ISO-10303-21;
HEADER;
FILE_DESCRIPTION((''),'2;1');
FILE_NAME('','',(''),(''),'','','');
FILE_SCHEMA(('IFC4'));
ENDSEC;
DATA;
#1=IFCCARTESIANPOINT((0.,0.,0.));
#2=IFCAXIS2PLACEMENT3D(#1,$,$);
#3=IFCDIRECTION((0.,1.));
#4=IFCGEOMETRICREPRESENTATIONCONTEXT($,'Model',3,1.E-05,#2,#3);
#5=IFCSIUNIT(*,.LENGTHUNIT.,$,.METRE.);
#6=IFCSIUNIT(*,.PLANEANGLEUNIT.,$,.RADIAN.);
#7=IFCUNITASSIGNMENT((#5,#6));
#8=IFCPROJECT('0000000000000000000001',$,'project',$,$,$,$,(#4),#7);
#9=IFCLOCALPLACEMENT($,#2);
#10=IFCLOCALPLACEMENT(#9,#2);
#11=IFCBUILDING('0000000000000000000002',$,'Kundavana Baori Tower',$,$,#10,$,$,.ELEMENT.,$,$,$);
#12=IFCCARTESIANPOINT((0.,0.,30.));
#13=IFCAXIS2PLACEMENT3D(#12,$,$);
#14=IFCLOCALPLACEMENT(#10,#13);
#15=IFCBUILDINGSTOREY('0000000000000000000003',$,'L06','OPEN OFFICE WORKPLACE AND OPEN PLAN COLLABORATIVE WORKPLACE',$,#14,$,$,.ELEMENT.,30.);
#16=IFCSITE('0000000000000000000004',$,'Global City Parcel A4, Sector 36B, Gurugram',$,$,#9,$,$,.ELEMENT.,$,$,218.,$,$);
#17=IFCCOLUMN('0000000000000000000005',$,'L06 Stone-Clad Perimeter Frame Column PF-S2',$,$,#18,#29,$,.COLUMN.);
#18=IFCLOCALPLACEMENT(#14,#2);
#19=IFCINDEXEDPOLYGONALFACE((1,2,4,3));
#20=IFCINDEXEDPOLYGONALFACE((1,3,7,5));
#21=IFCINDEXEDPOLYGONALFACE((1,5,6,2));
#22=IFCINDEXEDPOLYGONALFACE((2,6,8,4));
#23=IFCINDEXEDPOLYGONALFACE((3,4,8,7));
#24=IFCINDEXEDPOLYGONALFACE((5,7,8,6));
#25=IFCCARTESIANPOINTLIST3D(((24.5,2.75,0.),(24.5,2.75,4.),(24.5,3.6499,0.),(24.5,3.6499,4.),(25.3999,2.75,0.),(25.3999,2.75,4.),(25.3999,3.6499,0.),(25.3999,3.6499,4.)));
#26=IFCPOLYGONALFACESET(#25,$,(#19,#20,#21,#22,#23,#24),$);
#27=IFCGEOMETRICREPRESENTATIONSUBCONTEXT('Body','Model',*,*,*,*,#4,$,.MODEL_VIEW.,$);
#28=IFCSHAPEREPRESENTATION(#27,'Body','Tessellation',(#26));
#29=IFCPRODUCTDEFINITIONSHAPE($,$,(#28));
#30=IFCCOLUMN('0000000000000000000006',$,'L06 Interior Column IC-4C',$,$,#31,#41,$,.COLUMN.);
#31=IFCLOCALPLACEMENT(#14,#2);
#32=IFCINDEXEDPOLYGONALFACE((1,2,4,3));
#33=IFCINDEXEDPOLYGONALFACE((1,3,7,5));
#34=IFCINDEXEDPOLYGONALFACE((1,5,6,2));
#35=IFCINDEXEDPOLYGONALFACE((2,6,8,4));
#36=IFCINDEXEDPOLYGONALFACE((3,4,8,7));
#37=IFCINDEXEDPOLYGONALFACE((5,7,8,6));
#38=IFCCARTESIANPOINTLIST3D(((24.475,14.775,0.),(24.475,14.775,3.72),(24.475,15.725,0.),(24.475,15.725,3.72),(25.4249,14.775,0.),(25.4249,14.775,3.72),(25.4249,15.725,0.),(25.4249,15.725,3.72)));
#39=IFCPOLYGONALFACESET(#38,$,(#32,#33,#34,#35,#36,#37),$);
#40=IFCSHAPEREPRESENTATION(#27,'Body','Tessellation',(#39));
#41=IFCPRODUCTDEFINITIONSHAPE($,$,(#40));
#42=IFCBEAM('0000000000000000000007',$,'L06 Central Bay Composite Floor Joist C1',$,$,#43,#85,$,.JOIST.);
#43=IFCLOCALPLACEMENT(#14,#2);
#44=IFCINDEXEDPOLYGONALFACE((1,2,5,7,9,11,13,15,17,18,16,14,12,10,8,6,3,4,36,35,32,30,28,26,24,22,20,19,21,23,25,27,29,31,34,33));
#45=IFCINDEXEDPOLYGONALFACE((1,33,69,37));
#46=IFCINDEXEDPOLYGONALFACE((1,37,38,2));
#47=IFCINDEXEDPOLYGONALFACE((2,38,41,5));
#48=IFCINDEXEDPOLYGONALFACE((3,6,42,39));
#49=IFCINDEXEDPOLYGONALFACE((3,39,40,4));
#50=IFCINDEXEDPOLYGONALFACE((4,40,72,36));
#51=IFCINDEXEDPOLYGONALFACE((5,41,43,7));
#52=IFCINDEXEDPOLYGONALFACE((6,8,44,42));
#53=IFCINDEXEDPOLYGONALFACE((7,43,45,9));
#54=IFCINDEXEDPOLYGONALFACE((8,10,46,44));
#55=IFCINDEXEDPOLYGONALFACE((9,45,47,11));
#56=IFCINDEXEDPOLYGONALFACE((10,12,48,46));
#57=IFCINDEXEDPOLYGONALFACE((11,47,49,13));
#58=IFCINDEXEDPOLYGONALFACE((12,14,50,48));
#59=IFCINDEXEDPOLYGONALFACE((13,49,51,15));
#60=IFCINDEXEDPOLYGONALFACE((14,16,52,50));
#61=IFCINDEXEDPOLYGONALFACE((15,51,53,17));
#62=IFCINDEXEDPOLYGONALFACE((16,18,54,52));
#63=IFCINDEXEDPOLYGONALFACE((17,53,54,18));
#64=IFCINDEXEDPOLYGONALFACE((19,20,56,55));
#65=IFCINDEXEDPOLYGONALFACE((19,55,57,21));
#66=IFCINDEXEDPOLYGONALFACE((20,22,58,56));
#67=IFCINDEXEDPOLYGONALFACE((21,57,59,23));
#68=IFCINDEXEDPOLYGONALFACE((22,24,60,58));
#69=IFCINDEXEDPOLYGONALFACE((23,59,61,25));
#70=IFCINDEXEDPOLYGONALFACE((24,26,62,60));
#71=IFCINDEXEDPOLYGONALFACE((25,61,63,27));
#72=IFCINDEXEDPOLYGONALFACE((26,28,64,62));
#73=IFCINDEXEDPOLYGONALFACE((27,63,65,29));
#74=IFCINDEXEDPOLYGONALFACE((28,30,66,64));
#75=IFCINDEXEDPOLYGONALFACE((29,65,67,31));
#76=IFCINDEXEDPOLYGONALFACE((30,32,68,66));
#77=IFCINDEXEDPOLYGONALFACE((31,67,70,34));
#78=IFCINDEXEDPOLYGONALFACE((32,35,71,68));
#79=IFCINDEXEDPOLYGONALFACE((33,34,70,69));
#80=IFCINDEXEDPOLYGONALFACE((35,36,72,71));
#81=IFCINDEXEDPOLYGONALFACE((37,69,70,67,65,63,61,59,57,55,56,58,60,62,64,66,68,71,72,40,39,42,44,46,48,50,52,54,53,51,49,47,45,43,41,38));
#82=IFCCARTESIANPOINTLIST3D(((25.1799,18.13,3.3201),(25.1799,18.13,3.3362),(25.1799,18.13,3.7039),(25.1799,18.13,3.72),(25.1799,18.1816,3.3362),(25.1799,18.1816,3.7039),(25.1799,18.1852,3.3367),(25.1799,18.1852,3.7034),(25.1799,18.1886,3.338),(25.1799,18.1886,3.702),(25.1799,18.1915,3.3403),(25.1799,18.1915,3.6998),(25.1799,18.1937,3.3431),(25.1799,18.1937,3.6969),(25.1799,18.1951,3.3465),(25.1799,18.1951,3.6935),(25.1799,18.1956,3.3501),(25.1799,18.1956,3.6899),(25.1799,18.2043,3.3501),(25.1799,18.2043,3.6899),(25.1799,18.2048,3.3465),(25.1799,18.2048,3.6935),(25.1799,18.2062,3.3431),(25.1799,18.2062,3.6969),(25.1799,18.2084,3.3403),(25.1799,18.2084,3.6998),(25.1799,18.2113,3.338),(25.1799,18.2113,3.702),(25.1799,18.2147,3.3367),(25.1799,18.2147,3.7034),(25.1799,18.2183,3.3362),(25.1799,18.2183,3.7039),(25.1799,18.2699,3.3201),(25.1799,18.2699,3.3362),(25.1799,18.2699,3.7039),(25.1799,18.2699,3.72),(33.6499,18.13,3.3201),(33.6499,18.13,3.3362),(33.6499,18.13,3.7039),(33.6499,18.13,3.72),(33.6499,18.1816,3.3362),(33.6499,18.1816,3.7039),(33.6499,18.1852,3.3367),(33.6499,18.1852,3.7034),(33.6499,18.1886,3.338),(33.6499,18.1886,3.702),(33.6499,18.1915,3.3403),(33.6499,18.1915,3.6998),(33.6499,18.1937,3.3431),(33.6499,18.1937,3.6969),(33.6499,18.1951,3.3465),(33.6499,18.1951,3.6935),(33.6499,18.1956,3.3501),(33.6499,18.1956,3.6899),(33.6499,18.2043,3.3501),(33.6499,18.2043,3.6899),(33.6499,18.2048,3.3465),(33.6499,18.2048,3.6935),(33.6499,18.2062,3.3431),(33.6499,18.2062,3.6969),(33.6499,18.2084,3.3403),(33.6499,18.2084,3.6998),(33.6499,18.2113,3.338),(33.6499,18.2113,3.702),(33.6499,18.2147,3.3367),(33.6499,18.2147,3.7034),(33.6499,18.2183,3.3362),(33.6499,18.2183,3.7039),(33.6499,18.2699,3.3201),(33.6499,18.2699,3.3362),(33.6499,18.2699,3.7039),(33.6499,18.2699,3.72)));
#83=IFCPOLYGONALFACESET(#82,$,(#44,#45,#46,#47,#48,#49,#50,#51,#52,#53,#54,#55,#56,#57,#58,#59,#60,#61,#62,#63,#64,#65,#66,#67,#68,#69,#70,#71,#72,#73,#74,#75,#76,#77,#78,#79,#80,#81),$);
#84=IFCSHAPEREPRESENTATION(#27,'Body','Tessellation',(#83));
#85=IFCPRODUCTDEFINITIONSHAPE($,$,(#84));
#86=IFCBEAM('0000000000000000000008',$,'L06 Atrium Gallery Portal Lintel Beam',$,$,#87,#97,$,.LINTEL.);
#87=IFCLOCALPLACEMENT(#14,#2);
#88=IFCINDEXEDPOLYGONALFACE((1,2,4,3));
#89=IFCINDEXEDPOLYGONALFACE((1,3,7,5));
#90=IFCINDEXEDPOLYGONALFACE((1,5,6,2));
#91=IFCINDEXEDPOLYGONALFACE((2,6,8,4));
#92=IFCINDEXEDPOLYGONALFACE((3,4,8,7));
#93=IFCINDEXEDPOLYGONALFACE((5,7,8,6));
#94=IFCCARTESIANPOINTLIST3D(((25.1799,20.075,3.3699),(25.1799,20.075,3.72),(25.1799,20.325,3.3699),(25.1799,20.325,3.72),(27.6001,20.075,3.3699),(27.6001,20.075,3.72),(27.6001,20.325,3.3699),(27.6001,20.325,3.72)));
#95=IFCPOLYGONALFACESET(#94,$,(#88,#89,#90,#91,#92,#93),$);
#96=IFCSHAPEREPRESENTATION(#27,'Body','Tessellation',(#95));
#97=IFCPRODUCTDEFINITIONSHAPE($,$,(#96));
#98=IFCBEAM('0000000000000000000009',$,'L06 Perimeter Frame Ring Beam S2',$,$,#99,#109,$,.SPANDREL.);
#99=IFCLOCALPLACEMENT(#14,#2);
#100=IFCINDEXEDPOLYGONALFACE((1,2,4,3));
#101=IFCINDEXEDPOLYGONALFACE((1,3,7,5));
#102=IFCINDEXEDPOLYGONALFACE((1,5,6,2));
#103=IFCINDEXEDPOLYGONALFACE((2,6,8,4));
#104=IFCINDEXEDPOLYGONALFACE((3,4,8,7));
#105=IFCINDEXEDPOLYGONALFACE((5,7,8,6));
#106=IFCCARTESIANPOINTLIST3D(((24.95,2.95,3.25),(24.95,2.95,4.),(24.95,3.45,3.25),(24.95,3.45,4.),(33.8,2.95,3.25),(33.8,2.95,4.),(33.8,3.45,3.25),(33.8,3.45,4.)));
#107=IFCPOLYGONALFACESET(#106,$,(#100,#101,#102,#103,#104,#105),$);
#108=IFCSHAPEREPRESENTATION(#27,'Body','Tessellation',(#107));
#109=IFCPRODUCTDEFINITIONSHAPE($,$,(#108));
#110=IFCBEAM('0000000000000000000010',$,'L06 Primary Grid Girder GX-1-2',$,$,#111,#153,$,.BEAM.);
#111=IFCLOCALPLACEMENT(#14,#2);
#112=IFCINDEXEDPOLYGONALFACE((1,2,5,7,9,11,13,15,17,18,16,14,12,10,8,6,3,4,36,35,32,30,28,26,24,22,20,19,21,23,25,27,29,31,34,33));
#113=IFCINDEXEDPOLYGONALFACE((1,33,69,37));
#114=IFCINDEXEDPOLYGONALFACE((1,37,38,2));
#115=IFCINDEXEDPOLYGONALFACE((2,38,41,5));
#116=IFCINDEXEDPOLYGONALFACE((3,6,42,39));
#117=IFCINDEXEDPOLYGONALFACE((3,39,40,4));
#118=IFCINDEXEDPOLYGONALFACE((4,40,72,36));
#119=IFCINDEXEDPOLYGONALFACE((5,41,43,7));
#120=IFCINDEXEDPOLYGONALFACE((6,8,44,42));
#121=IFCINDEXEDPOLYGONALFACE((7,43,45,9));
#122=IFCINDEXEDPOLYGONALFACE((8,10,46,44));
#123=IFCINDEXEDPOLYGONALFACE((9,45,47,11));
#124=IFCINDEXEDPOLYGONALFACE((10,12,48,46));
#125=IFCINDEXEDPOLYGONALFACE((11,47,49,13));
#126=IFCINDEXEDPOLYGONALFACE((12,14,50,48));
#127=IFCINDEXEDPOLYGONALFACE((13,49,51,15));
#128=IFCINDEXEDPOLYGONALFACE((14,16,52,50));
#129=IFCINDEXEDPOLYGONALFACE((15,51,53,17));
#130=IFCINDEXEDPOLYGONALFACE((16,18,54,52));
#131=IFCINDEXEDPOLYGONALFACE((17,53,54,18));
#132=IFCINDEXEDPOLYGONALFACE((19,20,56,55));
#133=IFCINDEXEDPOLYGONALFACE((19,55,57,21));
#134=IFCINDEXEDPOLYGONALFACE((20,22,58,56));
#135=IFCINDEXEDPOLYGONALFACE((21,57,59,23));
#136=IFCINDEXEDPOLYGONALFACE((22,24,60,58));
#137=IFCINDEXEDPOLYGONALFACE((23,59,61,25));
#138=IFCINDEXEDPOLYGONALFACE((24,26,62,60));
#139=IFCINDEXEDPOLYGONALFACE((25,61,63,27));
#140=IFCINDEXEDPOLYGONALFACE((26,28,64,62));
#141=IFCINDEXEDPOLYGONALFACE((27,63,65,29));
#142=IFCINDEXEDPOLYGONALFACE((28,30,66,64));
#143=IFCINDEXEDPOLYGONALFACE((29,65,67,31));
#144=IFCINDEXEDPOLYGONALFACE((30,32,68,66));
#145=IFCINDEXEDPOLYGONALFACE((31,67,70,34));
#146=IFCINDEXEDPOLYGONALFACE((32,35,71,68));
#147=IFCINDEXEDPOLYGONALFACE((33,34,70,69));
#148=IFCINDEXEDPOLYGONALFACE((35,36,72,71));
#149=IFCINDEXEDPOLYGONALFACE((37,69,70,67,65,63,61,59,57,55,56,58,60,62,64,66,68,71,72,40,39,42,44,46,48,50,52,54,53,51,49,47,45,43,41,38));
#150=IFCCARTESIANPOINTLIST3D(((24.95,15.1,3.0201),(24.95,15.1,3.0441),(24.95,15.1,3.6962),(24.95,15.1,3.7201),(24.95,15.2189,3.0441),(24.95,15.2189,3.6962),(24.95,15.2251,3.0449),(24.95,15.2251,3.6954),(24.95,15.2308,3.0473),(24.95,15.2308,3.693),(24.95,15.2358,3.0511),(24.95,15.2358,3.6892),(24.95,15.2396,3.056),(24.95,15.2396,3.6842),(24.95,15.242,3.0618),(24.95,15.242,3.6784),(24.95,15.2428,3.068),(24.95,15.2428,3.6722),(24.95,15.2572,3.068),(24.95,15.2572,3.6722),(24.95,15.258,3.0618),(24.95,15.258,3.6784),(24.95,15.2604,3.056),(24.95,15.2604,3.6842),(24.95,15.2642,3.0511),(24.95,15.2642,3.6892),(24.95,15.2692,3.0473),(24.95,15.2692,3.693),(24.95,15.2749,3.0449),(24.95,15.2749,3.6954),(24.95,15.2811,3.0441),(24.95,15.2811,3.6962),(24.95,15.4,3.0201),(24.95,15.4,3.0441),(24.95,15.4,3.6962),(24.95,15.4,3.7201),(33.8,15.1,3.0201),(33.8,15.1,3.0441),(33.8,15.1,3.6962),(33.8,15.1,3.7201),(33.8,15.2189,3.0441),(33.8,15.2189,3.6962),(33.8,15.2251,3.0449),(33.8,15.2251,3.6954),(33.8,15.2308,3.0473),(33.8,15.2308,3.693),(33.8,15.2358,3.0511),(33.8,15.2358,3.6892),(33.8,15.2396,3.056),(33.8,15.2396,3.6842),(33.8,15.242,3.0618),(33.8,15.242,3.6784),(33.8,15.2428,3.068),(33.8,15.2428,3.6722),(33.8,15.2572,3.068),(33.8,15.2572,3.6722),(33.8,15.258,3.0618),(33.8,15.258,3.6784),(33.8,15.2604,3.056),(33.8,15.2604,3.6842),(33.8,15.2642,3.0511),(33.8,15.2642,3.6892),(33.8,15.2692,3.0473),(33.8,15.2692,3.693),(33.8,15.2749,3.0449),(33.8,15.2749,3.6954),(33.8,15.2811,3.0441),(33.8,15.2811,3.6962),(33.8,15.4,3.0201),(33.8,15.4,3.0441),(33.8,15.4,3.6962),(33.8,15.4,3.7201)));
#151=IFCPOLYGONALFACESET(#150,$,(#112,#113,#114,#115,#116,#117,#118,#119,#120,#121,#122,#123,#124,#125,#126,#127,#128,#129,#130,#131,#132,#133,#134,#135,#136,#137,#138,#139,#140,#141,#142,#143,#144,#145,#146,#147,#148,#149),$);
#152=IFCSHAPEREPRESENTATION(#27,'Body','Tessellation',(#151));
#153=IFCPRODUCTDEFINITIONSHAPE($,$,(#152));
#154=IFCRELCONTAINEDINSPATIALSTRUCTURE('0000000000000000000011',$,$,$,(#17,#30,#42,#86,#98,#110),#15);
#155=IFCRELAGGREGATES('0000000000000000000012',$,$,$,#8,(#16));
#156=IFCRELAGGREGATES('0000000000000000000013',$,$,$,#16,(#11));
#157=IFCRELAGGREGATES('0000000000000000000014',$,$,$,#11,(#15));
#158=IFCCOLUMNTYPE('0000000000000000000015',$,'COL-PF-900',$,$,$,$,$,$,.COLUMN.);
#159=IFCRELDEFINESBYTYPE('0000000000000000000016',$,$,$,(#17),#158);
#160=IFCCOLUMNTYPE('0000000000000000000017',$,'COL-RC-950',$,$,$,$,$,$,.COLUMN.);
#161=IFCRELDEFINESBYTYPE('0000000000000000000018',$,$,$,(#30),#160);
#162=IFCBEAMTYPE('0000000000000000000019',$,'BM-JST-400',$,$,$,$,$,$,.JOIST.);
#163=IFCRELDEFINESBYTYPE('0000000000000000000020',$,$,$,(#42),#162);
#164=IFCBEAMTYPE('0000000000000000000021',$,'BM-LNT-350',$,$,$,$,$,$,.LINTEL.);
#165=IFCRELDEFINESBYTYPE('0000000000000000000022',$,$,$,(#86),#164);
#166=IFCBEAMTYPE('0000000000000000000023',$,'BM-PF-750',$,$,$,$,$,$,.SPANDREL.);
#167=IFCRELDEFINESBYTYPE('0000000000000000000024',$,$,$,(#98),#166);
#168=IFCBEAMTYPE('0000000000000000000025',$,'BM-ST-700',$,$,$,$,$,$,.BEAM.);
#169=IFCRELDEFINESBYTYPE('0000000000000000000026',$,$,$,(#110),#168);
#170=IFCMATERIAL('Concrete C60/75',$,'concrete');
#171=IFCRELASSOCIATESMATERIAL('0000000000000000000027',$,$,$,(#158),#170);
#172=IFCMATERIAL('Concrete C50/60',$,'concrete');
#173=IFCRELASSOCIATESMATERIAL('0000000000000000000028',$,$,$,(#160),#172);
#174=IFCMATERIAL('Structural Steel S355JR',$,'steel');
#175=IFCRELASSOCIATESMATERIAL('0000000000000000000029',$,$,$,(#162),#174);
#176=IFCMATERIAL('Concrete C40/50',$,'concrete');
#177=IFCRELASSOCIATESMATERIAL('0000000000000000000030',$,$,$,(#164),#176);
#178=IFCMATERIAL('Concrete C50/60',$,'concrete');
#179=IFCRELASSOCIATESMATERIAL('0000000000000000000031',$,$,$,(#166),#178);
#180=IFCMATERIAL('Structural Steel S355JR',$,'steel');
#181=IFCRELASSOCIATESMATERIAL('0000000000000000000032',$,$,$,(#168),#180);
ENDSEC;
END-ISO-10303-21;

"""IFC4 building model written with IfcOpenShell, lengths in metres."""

from ifc_helpers import new_model, si_unit, direction, frame, origin, origin_2d, place, context, subcontext, project, spatial, rectangle, i_section, extrude, material, material_profile, profile_set, type_object, element, save


model = new_model("IFC4")

# Units and contexts
model_context = context("Model", 3, precision=1e-05, world=origin(), true_north=direction((0.0, 1.0)))
body_context = subcontext(model_context, "Body", "Model", "MODEL_VIEW")
ifc_project = project(units=[si_unit("LENGTHUNIT", "METRE"), si_unit("PLANEANGLEUNIT", "RADIAN")], contexts=[model_context])

# Site, building, storey
site_placement = place(None, origin())
site = spatial("IfcSite", under=ifc_project, at=site_placement, Name="Global City Parcel A4, Sector 36B, Gurugram", CompositionType="ELEMENT", RefElevation=218.0)
building_placement = place(site_placement, origin())
building = spatial("IfcBuilding", under=site, at=building_placement, Name="Kundavana Baori Tower", CompositionType="ELEMENT")
storey_placement = place(building_placement, frame((0.0, 0.0, 30.0)))
storey = spatial("IfcBuildingStorey", under=building, at=storey_placement, Name="L06", Description="OPEN OFFICE WORKPLACE AND OPEN PLAN COLLABORATIVE WORKPLACE", CompositionType="ELEMENT", Elevation=30.0)

# Columns
ifc_material_1 = material(Name="Concrete C60/75", Category="concrete")
ifc_material_profile_1 = material_profile(ifc_material_1, rectangle(XDim=0.8999, YDim=0.8999, at=origin_2d()), Name="RC PF 900x900")
ifc_profile_set_1 = profile_set([ifc_material_profile_1], Name="Concrete C60/75")
column_type_1 = type_object("IfcColumnType", Name="COL-PF-900", PredefinedType="COLUMN", material=ifc_profile_set_1)
column_1_placement = place(storey_placement, frame((24.95, 3.2, 0.0), z_axis=(0.0, 0.0, 1.0), x_axis=(1.0, 0.0, 0.0)))
element("IfcColumn", 1, at=column_1_placement, inside=storey, type_object=column_type_1, Name="L06 Stone-Clad Perimeter Frame Column PF-S2", PredefinedType="COLUMN", context=body_context, shape_type="SweptSolid", body=[
    extrude(rectangle(XDim=0.8999, YDim=0.8999, at=origin_2d()), origin(), (0.0, 0.0, 1.0), 4.0),
])
ifc_material_2 = material(Name="Concrete C50/60", Category="concrete")
ifc_material_profile_2 = material_profile(ifc_material_2, rectangle(XDim=0.95, YDim=0.95, at=origin_2d()), Name="RC 950x950")
ifc_profile_set_2 = profile_set([ifc_material_profile_2], Name="Concrete C50/60")
column_type_2 = type_object("IfcColumnType", Name="COL-RC-950", PredefinedType="COLUMN", material=ifc_profile_set_2)
column_2_placement = place(storey_placement, frame((24.95, 15.25, 0.0), z_axis=(0.0, 0.0, 1.0), x_axis=(1.0, 0.0, 0.0)))
element("IfcColumn", 2, at=column_2_placement, inside=storey, type_object=column_type_2, Name="L06 Interior Column IC-4C", PredefinedType="COLUMN", context=body_context, shape_type="SweptSolid", body=[
    extrude(rectangle(XDim=0.95, YDim=0.95, at=origin_2d()), origin(), (0.0, 0.0, 1.0), 3.72),
])

# Beams
ifc_material_3 = material(Name="Structural Steel S355JR", Category="steel")
ifc_material_profile_3 = material_profile(ifc_material_3, i_section(OverallWidth=0.1399, OverallDepth=0.3999, WebThickness=0.0088, FlangeThickness=0.0161, FilletRadius=0.0139, at=origin_2d()), Name="ISMB 400")
ifc_profile_set_3 = profile_set([ifc_material_profile_3], Name="Structural Steel S355JR")
beam_type_1 = type_object("IfcBeamType", Name="BM-JST-400", PredefinedType="JOIST", material=ifc_profile_set_3)
beam_1_placement = place(storey_placement, frame((25.1799, 18.2, 3.52), z_axis=(1.0, 0.0, 0.0), x_axis=(0.0, 1.0, 0.0)))
element("IfcBeam", 3, at=beam_1_placement, inside=storey, type_object=beam_type_1, Name="L06 Central Bay Composite Floor Joist C1", PredefinedType="JOIST", context=body_context, shape_type="SweptSolid", body=[
    extrude(i_section(OverallWidth=0.1399, OverallDepth=0.3999, WebThickness=0.0088, FlangeThickness=0.0161, FilletRadius=0.0139, at=origin_2d()), origin(), (0.0, 0.0, 1.0), 8.47),
])
ifc_material_4 = material(Name="Concrete C40/50", Category="concrete")
ifc_material_profile_4 = material_profile(ifc_material_4, rectangle(XDim=0.25, YDim=0.3501, at=origin_2d()), Name="RC LNT 250x350")
ifc_profile_set_4 = profile_set([ifc_material_profile_4], Name="Concrete C40/50")
beam_type_2 = type_object("IfcBeamType", Name="BM-LNT-350", PredefinedType="LINTEL", material=ifc_profile_set_4)
beam_2_placement = place(storey_placement, frame((25.1799, 20.2, 3.5449), z_axis=(1.0, 0.0, 0.0), x_axis=(0.0, 1.0, 0.0)))
element("IfcBeam", 4, at=beam_2_placement, inside=storey, type_object=beam_type_2, Name="L06 Atrium Gallery Portal Lintel Beam", PredefinedType="LINTEL", context=body_context, shape_type="SweptSolid", body=[
    extrude(rectangle(XDim=0.25, YDim=0.3501, at=origin_2d()), origin(), (0.0, 0.0, 1.0), 2.4202),
])
ifc_material_5 = material(Name="Concrete C50/60", Category="concrete")
ifc_material_profile_5 = material_profile(ifc_material_5, rectangle(XDim=0.5, YDim=0.75, at=origin_2d()), Name="RC BM 500x750")
ifc_profile_set_5 = profile_set([ifc_material_profile_5], Name="Concrete C50/60")
beam_type_3 = type_object("IfcBeamType", Name="BM-PF-750", PredefinedType="SPANDREL", material=ifc_profile_set_5)
beam_3_placement = place(storey_placement, frame((24.95, 3.2, 3.625), z_axis=(1.0, 0.0, 0.0), x_axis=(0.0, 1.0, 0.0)))
element("IfcBeam", 5, at=beam_3_placement, inside=storey, type_object=beam_type_3, Name="L06 Perimeter Frame Ring Beam S2", PredefinedType="SPANDREL", context=body_context, shape_type="SweptSolid", body=[
    extrude(rectangle(XDim=0.5, YDim=0.75, at=origin_2d()), origin(), (0.0, 0.0, 1.0), 8.8501),
])
ifc_material_6 = material(Name="Structural Steel S355JR", Category="steel")
ifc_material_profile_6 = material_profile(ifc_material_6, i_section(OverallWidth=0.3, OverallDepth=0.7, WebThickness=0.0144, FlangeThickness=0.0239, FilletRadius=0.0239, at=origin_2d()), Name="NPB 700x300x170")
ifc_profile_set_6 = profile_set([ifc_material_profile_6], Name="Structural Steel S355JR")
beam_type_4 = type_object("IfcBeamType", Name="BM-ST-700", PredefinedType="BEAM", material=ifc_profile_set_6)
beam_4_placement = place(storey_placement, frame((24.95, 15.25, 3.3701), z_axis=(1.0, 0.0, 0.0), x_axis=(0.0, 1.0, 0.0)))
element("IfcBeam", 6, at=beam_4_placement, inside=storey, type_object=beam_type_4, Name="L06 Primary Grid Girder GX-1-2", PredefinedType="BEAM", context=body_context, shape_type="SweptSolid", body=[
    extrude(i_section(OverallWidth=0.3, OverallDepth=0.7, WebThickness=0.0144, FlangeThickness=0.0239, FilletRadius=0.0239, at=origin_2d()), origin(), (0.0, 0.0, 1.0), 8.8501),
])

save(model, "model.ifc")
